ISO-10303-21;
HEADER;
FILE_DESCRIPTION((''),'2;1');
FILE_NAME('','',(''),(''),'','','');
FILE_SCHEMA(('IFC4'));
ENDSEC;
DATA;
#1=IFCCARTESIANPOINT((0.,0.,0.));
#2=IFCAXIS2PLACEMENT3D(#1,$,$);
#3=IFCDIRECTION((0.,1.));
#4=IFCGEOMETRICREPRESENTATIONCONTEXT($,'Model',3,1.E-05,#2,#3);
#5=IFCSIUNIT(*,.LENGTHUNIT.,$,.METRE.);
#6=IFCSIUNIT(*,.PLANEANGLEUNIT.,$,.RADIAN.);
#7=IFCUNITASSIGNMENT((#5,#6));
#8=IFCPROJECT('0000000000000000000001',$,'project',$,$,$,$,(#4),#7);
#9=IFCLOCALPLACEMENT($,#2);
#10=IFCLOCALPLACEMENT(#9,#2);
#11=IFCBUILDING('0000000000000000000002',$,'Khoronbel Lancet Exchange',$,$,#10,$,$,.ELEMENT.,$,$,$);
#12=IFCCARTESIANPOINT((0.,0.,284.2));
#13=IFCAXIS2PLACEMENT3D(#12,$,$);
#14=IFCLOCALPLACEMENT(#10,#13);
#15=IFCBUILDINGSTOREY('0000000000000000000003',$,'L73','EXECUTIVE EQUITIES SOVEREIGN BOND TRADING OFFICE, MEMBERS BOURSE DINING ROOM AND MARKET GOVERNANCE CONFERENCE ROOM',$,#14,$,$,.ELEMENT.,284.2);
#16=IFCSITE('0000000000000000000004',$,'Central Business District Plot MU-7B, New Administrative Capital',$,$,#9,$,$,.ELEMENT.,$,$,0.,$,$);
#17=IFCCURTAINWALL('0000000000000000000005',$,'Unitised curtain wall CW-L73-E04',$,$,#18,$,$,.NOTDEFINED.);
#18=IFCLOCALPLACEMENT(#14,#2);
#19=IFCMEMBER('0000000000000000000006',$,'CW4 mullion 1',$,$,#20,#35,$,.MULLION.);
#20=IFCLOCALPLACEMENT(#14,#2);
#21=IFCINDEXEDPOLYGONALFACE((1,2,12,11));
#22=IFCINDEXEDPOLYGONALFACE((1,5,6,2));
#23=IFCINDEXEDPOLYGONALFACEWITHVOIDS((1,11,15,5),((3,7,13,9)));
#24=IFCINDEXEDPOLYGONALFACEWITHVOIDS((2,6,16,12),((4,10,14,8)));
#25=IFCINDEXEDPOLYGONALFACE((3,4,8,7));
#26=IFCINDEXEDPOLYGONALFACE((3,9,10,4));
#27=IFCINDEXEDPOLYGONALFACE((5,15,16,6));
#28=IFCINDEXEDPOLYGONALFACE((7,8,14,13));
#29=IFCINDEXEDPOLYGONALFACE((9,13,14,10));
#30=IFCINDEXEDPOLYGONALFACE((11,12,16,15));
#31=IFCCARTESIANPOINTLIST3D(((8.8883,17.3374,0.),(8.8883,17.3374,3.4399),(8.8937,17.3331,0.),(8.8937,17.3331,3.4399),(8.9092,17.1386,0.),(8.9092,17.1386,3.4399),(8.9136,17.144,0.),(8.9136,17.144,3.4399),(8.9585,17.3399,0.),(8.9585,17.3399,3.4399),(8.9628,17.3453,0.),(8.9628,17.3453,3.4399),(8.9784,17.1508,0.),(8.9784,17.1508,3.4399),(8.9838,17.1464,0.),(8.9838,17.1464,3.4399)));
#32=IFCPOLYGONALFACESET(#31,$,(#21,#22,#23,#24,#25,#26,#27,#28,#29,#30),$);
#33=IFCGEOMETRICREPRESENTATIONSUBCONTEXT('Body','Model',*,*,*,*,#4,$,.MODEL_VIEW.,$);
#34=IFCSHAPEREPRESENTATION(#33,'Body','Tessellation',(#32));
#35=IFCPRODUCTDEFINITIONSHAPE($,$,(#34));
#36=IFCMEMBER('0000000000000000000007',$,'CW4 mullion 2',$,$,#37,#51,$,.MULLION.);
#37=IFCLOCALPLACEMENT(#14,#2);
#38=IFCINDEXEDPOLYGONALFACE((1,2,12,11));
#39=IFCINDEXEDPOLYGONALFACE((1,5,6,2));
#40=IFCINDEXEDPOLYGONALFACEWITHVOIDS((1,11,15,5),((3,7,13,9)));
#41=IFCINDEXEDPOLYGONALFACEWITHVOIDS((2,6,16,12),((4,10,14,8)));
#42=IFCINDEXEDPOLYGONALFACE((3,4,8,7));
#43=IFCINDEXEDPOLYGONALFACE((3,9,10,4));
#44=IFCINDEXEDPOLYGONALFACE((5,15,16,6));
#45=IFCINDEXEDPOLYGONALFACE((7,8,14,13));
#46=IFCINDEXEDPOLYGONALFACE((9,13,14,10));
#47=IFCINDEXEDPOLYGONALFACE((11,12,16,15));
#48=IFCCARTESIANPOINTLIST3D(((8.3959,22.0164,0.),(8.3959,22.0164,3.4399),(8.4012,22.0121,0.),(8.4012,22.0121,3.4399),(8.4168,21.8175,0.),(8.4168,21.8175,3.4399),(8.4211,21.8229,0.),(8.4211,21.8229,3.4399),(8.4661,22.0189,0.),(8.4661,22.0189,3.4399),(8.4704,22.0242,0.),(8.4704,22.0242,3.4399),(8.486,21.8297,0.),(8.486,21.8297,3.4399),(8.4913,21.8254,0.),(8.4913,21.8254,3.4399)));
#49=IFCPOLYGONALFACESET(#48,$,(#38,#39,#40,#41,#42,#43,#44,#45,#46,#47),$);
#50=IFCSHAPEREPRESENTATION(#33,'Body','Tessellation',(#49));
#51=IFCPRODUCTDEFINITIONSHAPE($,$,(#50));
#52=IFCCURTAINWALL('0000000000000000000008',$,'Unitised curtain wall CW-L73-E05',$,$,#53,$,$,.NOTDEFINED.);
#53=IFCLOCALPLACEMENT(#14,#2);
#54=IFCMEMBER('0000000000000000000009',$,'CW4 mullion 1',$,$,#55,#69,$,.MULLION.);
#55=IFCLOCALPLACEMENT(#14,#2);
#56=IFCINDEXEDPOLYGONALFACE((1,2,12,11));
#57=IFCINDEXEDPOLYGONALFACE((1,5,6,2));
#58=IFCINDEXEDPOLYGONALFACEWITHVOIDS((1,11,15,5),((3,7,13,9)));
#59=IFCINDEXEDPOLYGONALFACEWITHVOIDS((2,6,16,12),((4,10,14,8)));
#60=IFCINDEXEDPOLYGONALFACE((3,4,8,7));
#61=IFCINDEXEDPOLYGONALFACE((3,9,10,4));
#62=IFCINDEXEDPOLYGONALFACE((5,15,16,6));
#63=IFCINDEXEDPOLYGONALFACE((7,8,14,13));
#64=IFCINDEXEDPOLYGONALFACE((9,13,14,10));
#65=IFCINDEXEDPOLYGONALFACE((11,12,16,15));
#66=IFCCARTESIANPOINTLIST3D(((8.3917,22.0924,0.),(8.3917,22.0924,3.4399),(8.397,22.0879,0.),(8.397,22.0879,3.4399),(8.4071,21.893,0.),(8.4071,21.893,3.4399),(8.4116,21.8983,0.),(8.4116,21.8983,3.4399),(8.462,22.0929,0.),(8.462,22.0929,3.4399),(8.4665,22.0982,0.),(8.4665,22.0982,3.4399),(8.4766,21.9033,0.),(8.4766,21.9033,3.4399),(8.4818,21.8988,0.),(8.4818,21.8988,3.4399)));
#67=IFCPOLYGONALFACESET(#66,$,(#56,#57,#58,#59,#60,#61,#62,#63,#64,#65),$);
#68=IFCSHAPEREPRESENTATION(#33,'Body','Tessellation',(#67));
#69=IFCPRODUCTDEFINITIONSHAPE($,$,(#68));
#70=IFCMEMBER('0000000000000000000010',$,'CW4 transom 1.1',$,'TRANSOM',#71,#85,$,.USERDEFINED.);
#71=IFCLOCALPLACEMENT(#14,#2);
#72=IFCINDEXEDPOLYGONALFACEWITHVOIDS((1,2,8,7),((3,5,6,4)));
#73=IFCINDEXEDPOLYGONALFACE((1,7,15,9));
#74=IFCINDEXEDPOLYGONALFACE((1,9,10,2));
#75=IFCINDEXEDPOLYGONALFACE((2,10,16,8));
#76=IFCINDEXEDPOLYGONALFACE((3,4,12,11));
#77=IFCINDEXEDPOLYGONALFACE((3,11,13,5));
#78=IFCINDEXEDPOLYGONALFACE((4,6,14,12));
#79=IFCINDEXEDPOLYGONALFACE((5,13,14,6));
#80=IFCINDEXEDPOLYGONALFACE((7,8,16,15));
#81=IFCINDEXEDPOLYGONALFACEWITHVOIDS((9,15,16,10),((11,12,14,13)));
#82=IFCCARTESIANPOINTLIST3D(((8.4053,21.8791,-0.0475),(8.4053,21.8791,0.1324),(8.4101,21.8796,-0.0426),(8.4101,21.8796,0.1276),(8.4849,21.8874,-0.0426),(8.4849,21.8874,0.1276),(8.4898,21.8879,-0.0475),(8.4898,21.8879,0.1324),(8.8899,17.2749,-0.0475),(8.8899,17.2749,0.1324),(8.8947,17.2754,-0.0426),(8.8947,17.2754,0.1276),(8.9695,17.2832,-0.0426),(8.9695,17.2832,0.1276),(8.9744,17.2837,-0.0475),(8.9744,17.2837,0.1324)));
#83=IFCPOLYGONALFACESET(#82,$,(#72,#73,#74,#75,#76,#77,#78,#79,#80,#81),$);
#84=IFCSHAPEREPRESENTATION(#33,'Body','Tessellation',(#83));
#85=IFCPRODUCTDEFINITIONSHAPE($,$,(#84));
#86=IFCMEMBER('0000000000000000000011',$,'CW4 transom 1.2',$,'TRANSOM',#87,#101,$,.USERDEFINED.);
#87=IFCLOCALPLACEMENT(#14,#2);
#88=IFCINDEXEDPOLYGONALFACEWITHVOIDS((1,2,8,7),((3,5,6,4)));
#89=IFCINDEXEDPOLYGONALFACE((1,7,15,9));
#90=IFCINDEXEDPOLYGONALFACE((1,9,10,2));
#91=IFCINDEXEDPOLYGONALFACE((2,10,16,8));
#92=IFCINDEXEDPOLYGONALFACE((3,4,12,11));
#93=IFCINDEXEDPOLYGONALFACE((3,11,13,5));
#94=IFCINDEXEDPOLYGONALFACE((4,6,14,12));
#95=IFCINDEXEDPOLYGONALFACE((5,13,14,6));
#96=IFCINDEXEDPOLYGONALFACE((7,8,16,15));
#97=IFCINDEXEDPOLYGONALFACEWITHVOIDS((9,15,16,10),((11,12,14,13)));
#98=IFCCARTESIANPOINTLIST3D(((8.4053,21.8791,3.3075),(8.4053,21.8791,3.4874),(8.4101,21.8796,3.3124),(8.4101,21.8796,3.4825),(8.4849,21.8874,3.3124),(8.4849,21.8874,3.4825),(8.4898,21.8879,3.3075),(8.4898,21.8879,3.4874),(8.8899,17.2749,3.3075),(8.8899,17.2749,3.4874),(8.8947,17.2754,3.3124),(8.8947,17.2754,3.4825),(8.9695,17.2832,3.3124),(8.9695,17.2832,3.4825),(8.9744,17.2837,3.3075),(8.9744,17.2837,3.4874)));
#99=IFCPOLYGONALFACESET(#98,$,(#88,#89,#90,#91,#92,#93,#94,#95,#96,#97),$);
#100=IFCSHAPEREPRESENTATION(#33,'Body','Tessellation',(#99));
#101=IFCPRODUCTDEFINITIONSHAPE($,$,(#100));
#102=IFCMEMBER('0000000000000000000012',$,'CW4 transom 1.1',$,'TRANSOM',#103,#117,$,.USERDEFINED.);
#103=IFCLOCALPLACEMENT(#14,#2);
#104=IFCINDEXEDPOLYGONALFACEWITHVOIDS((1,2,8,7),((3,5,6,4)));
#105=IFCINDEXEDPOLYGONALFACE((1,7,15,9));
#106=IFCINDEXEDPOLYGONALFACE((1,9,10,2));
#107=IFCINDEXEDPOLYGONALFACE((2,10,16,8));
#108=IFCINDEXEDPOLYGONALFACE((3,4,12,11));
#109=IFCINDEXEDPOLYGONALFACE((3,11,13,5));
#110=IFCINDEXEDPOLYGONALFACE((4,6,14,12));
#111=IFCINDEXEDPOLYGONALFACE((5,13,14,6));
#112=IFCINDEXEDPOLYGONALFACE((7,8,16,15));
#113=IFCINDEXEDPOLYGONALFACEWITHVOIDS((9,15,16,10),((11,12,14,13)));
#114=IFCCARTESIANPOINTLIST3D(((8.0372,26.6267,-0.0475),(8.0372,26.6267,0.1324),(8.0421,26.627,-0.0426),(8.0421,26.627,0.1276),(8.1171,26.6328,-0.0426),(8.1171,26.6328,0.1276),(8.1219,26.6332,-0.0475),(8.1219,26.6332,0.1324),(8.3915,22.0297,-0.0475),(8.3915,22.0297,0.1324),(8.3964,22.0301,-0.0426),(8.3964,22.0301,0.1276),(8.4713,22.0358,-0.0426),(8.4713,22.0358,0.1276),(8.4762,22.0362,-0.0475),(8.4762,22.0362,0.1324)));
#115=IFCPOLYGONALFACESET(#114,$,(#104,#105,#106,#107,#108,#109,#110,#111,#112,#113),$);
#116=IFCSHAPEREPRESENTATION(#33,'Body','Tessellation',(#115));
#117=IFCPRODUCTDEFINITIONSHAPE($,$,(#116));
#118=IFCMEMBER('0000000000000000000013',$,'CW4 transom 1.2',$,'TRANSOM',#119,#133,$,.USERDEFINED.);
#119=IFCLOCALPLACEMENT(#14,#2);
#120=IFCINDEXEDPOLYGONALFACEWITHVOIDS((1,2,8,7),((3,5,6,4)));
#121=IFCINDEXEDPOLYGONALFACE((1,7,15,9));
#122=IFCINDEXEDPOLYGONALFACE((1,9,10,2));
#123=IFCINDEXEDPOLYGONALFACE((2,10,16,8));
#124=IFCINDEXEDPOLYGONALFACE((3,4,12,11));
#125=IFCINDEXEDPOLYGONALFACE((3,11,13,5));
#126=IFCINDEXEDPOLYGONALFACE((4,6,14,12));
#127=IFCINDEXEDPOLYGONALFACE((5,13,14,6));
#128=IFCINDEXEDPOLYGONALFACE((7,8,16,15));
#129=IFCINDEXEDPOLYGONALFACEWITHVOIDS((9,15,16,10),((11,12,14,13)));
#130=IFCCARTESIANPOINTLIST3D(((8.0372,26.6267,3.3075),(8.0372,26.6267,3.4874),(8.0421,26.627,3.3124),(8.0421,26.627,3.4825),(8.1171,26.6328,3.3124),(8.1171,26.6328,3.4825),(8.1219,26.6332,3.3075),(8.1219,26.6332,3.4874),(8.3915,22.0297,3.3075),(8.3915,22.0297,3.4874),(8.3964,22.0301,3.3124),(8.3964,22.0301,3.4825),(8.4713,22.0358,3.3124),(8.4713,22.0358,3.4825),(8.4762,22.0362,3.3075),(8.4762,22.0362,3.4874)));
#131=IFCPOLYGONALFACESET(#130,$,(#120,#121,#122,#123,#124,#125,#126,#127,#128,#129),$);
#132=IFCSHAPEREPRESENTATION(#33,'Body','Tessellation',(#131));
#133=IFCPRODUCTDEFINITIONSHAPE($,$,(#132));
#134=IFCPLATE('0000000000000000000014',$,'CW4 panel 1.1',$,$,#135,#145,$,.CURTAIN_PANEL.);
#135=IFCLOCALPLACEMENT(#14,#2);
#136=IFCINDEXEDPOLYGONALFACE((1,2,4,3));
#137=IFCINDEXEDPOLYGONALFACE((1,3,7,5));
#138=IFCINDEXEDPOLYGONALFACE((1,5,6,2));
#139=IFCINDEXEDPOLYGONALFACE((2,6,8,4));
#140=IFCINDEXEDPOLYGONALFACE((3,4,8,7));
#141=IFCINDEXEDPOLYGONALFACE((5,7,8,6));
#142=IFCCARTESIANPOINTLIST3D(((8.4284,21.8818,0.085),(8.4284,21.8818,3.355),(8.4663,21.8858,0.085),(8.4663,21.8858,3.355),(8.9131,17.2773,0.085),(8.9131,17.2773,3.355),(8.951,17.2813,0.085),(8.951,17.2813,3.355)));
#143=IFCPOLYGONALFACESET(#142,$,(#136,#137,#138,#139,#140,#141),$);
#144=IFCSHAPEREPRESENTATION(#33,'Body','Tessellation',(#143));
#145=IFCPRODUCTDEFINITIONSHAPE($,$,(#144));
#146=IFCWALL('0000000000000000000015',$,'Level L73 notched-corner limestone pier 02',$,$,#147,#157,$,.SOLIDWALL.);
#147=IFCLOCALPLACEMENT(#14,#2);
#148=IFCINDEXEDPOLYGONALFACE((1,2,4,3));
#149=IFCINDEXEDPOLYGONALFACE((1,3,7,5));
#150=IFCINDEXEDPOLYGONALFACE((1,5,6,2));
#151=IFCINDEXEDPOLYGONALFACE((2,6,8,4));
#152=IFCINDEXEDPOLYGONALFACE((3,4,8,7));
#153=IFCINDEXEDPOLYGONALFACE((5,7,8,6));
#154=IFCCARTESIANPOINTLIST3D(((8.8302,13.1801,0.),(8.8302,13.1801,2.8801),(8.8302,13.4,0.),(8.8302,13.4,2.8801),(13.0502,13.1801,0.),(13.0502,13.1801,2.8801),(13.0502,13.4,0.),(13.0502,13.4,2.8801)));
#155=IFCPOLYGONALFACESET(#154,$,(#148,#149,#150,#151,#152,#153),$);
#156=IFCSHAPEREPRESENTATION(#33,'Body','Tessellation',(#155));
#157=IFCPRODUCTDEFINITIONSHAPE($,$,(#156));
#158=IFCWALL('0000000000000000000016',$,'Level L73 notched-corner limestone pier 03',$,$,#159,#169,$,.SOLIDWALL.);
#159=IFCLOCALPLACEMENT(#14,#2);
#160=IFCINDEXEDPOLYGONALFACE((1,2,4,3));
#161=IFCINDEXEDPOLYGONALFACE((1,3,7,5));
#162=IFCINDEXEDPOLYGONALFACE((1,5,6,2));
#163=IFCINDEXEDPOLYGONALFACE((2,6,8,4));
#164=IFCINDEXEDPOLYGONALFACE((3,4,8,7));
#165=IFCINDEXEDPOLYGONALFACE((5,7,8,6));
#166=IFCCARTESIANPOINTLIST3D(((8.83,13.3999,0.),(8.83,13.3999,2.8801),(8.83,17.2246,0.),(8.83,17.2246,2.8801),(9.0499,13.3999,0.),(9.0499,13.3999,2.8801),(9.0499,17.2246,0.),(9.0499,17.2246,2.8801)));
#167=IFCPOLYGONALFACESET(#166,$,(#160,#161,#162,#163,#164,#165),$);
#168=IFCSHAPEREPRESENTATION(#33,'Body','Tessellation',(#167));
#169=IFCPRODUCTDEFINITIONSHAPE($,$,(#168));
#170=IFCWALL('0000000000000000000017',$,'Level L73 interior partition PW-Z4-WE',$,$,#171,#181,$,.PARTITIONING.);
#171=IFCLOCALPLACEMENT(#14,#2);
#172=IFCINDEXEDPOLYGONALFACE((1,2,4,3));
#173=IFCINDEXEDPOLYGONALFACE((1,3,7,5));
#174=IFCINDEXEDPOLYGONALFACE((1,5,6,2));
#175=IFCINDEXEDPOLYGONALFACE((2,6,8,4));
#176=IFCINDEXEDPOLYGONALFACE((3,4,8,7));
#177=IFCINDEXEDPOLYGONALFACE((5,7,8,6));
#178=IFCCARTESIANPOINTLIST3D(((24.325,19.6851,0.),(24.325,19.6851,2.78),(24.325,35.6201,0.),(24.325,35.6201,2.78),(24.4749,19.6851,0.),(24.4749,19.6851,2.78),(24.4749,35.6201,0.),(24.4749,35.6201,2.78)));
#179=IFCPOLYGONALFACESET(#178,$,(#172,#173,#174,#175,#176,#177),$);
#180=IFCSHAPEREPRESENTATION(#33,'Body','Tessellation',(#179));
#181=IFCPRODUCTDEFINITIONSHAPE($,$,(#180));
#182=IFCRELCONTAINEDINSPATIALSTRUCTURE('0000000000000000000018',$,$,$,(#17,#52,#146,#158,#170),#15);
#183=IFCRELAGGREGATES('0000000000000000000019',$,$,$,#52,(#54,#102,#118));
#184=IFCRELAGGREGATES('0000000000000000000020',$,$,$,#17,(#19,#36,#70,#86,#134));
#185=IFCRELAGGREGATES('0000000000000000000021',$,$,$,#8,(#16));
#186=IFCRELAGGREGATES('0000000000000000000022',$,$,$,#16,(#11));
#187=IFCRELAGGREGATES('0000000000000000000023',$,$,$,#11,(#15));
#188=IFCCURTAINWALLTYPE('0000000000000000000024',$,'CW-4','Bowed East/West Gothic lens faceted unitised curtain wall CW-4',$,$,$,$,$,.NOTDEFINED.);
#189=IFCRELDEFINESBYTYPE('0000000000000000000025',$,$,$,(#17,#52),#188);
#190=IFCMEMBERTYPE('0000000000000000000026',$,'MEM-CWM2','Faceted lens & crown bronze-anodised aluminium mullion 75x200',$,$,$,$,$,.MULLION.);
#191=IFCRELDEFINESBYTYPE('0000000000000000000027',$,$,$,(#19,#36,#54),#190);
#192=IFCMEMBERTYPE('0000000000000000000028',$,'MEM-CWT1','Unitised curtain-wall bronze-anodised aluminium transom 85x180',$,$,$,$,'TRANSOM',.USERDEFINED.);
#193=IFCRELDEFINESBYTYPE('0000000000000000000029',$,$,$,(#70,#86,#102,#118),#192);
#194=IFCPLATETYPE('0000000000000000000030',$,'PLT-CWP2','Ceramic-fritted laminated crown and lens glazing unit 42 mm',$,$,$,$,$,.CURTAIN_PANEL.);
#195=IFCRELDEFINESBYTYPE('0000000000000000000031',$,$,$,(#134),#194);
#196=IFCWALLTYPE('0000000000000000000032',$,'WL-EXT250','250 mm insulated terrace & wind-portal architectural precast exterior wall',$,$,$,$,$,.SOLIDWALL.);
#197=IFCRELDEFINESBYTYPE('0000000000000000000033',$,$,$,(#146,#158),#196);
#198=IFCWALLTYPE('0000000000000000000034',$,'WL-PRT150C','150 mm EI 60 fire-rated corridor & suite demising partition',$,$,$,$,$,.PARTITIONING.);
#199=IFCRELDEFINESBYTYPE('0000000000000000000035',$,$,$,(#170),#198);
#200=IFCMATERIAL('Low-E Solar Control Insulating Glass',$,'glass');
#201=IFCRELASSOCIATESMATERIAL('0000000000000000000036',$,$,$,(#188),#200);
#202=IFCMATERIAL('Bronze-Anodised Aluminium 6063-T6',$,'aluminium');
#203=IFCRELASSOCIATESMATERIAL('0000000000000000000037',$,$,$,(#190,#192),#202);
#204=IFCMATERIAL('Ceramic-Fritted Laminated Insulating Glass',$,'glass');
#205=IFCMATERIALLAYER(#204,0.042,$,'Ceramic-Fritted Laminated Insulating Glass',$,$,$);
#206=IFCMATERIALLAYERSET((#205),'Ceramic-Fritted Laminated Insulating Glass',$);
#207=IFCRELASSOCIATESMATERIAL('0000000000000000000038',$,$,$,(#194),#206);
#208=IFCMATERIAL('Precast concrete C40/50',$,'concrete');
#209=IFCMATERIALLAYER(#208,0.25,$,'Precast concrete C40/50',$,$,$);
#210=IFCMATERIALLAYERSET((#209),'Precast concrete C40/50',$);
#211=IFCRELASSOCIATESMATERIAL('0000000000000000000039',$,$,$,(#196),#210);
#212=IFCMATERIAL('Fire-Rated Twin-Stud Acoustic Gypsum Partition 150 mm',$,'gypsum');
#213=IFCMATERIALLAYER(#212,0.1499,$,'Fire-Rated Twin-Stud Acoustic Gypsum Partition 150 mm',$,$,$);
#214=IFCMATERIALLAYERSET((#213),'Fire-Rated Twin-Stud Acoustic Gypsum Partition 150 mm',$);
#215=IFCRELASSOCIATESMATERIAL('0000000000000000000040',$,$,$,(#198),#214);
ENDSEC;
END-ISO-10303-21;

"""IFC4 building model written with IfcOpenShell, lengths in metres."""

from ifc_helpers import new_model, si_unit, direction, frame, frame_2d, origin, origin_2d, place, context, subcontext, project, spatial, rectangle, hollow_rectangle, extrude, material, layer, layer_set, material_profile, profile_set, type_object, element, aggregate, save


model = new_model("IFC4")

# Units and contexts
model_context = context("Model", 3, precision=1e-05, world=origin(), true_north=direction((0.0, 1.0)))
body_context = subcontext(model_context, "Body", "Model", "MODEL_VIEW")
ifc_project = project(units=[si_unit("LENGTHUNIT", "METRE"), si_unit("PLANEANGLEUNIT", "RADIAN")], contexts=[model_context])

# Site, building, storey
site_placement = place(None, origin())
site = spatial("IfcSite", under=ifc_project, at=site_placement, Name="Central Business District Plot MU-7B, New Administrative Capital", CompositionType="ELEMENT", RefElevation=0.0)
building_placement = place(site_placement, origin())
building = spatial("IfcBuilding", under=site, at=building_placement, Name="Khoronbel Lancet Exchange", CompositionType="ELEMENT")
storey_placement = place(building_placement, frame((0.0, 0.0, 284.2)))
storey = spatial("IfcBuildingStorey", under=building, at=storey_placement, Name="L73", Description="EXECUTIVE EQUITIES SOVEREIGN BOND TRADING OFFICE, MEMBERS BOURSE DINING ROOM AND MARKET GOVERNANCE CONFERENCE ROOM", CompositionType="ELEMENT", Elevation=284.2)

# Curtain wall, members
ifc_material_1 = material(Name="Low-E Solar Control Insulating Glass", Category="glass")
curtain_wall_type = type_object("IfcCurtainWallType", Name="CW-4", Description="Bowed East/West Gothic lens faceted unitised curtain wall CW-4", PredefinedType="NOTDEFINED", material=ifc_material_1)
curtain_wall_1_placement = place(storey_placement, origin())
curtain_wall_1 = element("IfcCurtainWall", 1, at=curtain_wall_1_placement, inside=storey, type_object=curtain_wall_type, Name="Unitised curtain wall CW-L73-E04", PredefinedType="NOTDEFINED")
ifc_material_2 = material(Name="Bronze-Anodised Aluminium 6063-T6", Category="aluminium")
ifc_material_profile_1 = material_profile(ifc_material_2, hollow_rectangle(XDim=0.075, YDim=0.2, WallThickness=0.0049, at=origin_2d()), Name="ALU MULLION 75x200")
ifc_profile_set_1 = profile_set([ifc_material_profile_1], Name="Bronze-Anodised Aluminium 6063-T6")
member_type_1 = type_object("IfcMemberType", Name="MEM-CWM2", Description="Faceted lens & crown bronze-anodised aluminium mullion 75x200", PredefinedType="MULLION", material=ifc_profile_set_1)
member_1_placement = place(storey_placement, frame((8.936, 17.2419, 0.0), z_axis=(0.0, 0.0, 1.0), x_axis=(-0.994505, -0.104691, 0.0)))
member_1 = element("IfcMember", 2, at=member_1_placement, type_object=member_type_1, Name="CW4 mullion 1", PredefinedType="MULLION", context=body_context, shape_type="SweptSolid", body=[
    extrude(hollow_rectangle(XDim=0.075, YDim=0.2, WallThickness=0.0049, at=origin_2d()), origin(), (0.0, 0.0, 1.0), 3.4399),
])
member_2_placement = place(storey_placement, frame((8.4436, 21.9209, 0.0), z_axis=(0.0, 0.0, 1.0), x_axis=(-0.994505, -0.104691, 0.0)))
member_2 = element("IfcMember", 3, at=member_2_placement, type_object=member_type_1, Name="CW4 mullion 2", PredefinedType="MULLION", context=body_context, shape_type="SweptSolid", body=[
    extrude(hollow_rectangle(XDim=0.075, YDim=0.2, WallThickness=0.0049, at=origin_2d()), origin(), (0.0, 0.0, 1.0), 3.4399),
])

# Curtain wall, member
curtain_wall_2_placement = place(storey_placement, origin())
curtain_wall_2 = element("IfcCurtainWall", 4, at=curtain_wall_2_placement, inside=storey, type_object=curtain_wall_type, Name="Unitised curtain wall CW-L73-E05", PredefinedType="NOTDEFINED")
member_3_placement = place(storey_placement, frame((8.4368, 21.9956, 0.0), z_axis=(0.0, 0.0, 1.0), x_axis=(-0.997045, -0.076819, 0.0)))
member_3 = element("IfcMember", 5, at=member_3_placement, type_object=member_type_1, Name="CW4 mullion 1", PredefinedType="MULLION", context=body_context, shape_type="SweptSolid", body=[
    extrude(hollow_rectangle(XDim=0.075, YDim=0.2, WallThickness=0.0049, at=origin_2d()), origin(), (0.0, 0.0, 1.0), 3.4399),
])

# Members
ifc_material_profile_2 = material_profile(ifc_material_2, hollow_rectangle(XDim=0.085, YDim=0.1799, WallThickness=0.0049, at=origin_2d()), Name="ALU TRANSOM 85x180")
ifc_profile_set_2 = profile_set([ifc_material_profile_2], Name="Bronze-Anodised Aluminium 6063-T6")
member_type_2 = type_object("IfcMemberType", Name="MEM-CWT1", Description="Unitised curtain-wall bronze-anodised aluminium transom 85x180", ElementType="TRANSOM", PredefinedType="USERDEFINED", material=ifc_profile_set_2)
member_4_placement = place(storey_placement, frame((8.9321, 17.2793, 0.0425), z_axis=(-0.104677, 0.994506, 0.0), x_axis=(-0.994506, -0.104677, 0.0)))
member_4 = element("IfcMember", 6, at=member_4_placement, type_object=member_type_2, Name="CW4 transom 1.1", ObjectType="TRANSOM", PredefinedType="USERDEFINED", context=body_context, shape_type="SweptSolid", body=[
    extrude(hollow_rectangle(XDim=0.085, YDim=0.1799, WallThickness=0.0049, at=origin_2d()), origin(), (0.0, 0.0, 1.0), 4.6296),
])
member_5_placement = place(storey_placement, frame((8.9321, 17.2793, 3.3975), z_axis=(-0.104677, 0.994506, 0.0), x_axis=(-0.994506, -0.104677, 0.0)))
member_5 = element("IfcMember", 7, at=member_5_placement, type_object=member_type_2, Name="CW4 transom 1.2", ObjectType="TRANSOM", PredefinedType="USERDEFINED", context=body_context, shape_type="SweptSolid", body=[
    extrude(hollow_rectangle(XDim=0.085, YDim=0.1799, WallThickness=0.0049, at=origin_2d()), origin(), (0.0, 0.0, 1.0), 4.6296),
])
member_6_placement = place(storey_placement, frame((8.4338, 22.033, 0.0425), z_axis=(-0.076834, 0.997044, 0.0), x_axis=(-0.997044, -0.076834, 0.0)))
member_6 = element("IfcMember", 8, at=member_6_placement, type_object=member_type_2, Name="CW4 transom 1.1", ObjectType="TRANSOM", PredefinedType="USERDEFINED", context=body_context, shape_type="SweptSolid", body=[
    extrude(hollow_rectangle(XDim=0.085, YDim=0.1799, WallThickness=0.0049, at=origin_2d()), origin(), (0.0, 0.0, 1.0), 4.6106),
])
member_7_placement = place(storey_placement, frame((8.4338, 22.033, 3.3975), z_axis=(-0.076834, 0.997044, 0.0), x_axis=(-0.997044, -0.076834, 0.0)))
member_7 = element("IfcMember", 9, at=member_7_placement, type_object=member_type_2, Name="CW4 transom 1.2", ObjectType="TRANSOM", PredefinedType="USERDEFINED", context=body_context, shape_type="SweptSolid", body=[
    extrude(hollow_rectangle(XDim=0.085, YDim=0.1799, WallThickness=0.0049, at=origin_2d()), origin(), (0.0, 0.0, 1.0), 4.6106),
])
aggregate(curtain_wall_2, [member_3, member_6, member_7])

# Plate
ifc_material_3 = material(Name="Ceramic-Fritted Laminated Insulating Glass", Category="glass")
ifc_layer_1 = layer(ifc_material_3, 0.042, Name="Ceramic-Fritted Laminated Insulating Glass")
ifc_layer_set_1 = layer_set([ifc_layer_1], Name="Ceramic-Fritted Laminated Insulating Glass")
plate_type = type_object("IfcPlateType", Name="PLT-CWP2", Description="Ceramic-fritted laminated crown and lens glazing unit 42 mm", PredefinedType="CURTAIN_PANEL", material=ifc_layer_set_1)
plate_placement = place(storey_placement, frame((8.6897, 19.5815, 0.085), z_axis=(0.0, 0.0, 1.0), x_axis=(-0.104691, 0.994505, 0.0)))
plate = element("IfcPlate", 10, at=plate_placement, type_object=plate_type, Name="CW4 panel 1.1", PredefinedType="CURTAIN_PANEL", context=body_context, shape_type="SweptSolid", body=[
    extrude(rectangle(XDim=4.6299, YDim=0.0381, at=origin_2d()), origin(), (0.0, 0.0, 1.0), 3.27),
])
aggregate(curtain_wall_1, [member_1, member_2, member_4, member_5, plate])

# Walls
ifc_material_4 = material(Name="Precast concrete C40/50", Category="concrete")
ifc_layer_2 = layer(ifc_material_4, 0.25, Name="Precast concrete C40/50")
ifc_layer_set_2 = layer_set([ifc_layer_2], Name="Precast concrete C40/50")
wall_type_1 = type_object("IfcWallType", Name="WL-EXT250", Description="250 mm insulated terrace & wind-portal architectural precast exterior wall", PredefinedType="SOLIDWALL", material=ifc_layer_set_2)
wall_1_placement = place(storey_placement, frame((13.05, 13.29, 0.0), z_axis=(0.0, 0.0, 1.0), x_axis=(-1.0, 0.0, 0.0)))
element("IfcWall", 11, at=wall_1_placement, inside=storey, type_object=wall_type_1, Name="Level L73 notched-corner limestone pier 02", PredefinedType="SOLIDWALL", context=body_context, shape_type="SweptSolid", body=[
    extrude(rectangle(XDim=4.22, YDim=0.22, at=frame_2d((2.1099, 0.0))), origin(), (0.0, 0.0, 1.0), 2.8801),
])
wall_2_placement = place(storey_placement, frame((8.9399, 13.3999, 0.0), z_axis=(0.0, 0.0, 1.0), x_axis=(0.0, 1.0, 0.0)))
element("IfcWall", 12, at=wall_2_placement, inside=storey, type_object=wall_type_1, Name="Level L73 notched-corner limestone pier 03", PredefinedType="SOLIDWALL", context=body_context, shape_type="SweptSolid", body=[
    extrude(rectangle(XDim=3.8247, YDim=0.22, at=frame_2d((1.9124, 0.0))), origin(), (0.0, 0.0, 1.0), 2.8801),
])
ifc_material_5 = material(Name="Fire-Rated Twin-Stud Acoustic Gypsum Partition 150 mm", Category="gypsum")
ifc_layer_3 = layer(ifc_material_5, 0.1499, Name="Fire-Rated Twin-Stud Acoustic Gypsum Partition 150 mm")
ifc_layer_set_3 = layer_set([ifc_layer_3], Name="Fire-Rated Twin-Stud Acoustic Gypsum Partition 150 mm")
wall_type_2 = type_object("IfcWallType", Name="WL-PRT150C", Description="150 mm EI 60 fire-rated corridor & suite demising partition", PredefinedType="PARTITIONING", material=ifc_layer_set_3)
wall_3_placement = place(storey_placement, frame((24.3999, 19.6851, 0.0), z_axis=(0.0, 0.0, 1.0), x_axis=(0.0, 1.0, 0.0)))
element("IfcWall", 13, at=wall_3_placement, inside=storey, type_object=wall_type_2, Name="Level L73 interior partition PW-Z4-WE", PredefinedType="PARTITIONING", context=body_context, shape_type="SweptSolid", body=[
    extrude(rectangle(XDim=15.9351, YDim=0.1499, at=frame_2d((7.9675, 0.0))), origin(), (0.0, 0.0, 1.0), 2.78),
])

save(model, "model.ifc")
